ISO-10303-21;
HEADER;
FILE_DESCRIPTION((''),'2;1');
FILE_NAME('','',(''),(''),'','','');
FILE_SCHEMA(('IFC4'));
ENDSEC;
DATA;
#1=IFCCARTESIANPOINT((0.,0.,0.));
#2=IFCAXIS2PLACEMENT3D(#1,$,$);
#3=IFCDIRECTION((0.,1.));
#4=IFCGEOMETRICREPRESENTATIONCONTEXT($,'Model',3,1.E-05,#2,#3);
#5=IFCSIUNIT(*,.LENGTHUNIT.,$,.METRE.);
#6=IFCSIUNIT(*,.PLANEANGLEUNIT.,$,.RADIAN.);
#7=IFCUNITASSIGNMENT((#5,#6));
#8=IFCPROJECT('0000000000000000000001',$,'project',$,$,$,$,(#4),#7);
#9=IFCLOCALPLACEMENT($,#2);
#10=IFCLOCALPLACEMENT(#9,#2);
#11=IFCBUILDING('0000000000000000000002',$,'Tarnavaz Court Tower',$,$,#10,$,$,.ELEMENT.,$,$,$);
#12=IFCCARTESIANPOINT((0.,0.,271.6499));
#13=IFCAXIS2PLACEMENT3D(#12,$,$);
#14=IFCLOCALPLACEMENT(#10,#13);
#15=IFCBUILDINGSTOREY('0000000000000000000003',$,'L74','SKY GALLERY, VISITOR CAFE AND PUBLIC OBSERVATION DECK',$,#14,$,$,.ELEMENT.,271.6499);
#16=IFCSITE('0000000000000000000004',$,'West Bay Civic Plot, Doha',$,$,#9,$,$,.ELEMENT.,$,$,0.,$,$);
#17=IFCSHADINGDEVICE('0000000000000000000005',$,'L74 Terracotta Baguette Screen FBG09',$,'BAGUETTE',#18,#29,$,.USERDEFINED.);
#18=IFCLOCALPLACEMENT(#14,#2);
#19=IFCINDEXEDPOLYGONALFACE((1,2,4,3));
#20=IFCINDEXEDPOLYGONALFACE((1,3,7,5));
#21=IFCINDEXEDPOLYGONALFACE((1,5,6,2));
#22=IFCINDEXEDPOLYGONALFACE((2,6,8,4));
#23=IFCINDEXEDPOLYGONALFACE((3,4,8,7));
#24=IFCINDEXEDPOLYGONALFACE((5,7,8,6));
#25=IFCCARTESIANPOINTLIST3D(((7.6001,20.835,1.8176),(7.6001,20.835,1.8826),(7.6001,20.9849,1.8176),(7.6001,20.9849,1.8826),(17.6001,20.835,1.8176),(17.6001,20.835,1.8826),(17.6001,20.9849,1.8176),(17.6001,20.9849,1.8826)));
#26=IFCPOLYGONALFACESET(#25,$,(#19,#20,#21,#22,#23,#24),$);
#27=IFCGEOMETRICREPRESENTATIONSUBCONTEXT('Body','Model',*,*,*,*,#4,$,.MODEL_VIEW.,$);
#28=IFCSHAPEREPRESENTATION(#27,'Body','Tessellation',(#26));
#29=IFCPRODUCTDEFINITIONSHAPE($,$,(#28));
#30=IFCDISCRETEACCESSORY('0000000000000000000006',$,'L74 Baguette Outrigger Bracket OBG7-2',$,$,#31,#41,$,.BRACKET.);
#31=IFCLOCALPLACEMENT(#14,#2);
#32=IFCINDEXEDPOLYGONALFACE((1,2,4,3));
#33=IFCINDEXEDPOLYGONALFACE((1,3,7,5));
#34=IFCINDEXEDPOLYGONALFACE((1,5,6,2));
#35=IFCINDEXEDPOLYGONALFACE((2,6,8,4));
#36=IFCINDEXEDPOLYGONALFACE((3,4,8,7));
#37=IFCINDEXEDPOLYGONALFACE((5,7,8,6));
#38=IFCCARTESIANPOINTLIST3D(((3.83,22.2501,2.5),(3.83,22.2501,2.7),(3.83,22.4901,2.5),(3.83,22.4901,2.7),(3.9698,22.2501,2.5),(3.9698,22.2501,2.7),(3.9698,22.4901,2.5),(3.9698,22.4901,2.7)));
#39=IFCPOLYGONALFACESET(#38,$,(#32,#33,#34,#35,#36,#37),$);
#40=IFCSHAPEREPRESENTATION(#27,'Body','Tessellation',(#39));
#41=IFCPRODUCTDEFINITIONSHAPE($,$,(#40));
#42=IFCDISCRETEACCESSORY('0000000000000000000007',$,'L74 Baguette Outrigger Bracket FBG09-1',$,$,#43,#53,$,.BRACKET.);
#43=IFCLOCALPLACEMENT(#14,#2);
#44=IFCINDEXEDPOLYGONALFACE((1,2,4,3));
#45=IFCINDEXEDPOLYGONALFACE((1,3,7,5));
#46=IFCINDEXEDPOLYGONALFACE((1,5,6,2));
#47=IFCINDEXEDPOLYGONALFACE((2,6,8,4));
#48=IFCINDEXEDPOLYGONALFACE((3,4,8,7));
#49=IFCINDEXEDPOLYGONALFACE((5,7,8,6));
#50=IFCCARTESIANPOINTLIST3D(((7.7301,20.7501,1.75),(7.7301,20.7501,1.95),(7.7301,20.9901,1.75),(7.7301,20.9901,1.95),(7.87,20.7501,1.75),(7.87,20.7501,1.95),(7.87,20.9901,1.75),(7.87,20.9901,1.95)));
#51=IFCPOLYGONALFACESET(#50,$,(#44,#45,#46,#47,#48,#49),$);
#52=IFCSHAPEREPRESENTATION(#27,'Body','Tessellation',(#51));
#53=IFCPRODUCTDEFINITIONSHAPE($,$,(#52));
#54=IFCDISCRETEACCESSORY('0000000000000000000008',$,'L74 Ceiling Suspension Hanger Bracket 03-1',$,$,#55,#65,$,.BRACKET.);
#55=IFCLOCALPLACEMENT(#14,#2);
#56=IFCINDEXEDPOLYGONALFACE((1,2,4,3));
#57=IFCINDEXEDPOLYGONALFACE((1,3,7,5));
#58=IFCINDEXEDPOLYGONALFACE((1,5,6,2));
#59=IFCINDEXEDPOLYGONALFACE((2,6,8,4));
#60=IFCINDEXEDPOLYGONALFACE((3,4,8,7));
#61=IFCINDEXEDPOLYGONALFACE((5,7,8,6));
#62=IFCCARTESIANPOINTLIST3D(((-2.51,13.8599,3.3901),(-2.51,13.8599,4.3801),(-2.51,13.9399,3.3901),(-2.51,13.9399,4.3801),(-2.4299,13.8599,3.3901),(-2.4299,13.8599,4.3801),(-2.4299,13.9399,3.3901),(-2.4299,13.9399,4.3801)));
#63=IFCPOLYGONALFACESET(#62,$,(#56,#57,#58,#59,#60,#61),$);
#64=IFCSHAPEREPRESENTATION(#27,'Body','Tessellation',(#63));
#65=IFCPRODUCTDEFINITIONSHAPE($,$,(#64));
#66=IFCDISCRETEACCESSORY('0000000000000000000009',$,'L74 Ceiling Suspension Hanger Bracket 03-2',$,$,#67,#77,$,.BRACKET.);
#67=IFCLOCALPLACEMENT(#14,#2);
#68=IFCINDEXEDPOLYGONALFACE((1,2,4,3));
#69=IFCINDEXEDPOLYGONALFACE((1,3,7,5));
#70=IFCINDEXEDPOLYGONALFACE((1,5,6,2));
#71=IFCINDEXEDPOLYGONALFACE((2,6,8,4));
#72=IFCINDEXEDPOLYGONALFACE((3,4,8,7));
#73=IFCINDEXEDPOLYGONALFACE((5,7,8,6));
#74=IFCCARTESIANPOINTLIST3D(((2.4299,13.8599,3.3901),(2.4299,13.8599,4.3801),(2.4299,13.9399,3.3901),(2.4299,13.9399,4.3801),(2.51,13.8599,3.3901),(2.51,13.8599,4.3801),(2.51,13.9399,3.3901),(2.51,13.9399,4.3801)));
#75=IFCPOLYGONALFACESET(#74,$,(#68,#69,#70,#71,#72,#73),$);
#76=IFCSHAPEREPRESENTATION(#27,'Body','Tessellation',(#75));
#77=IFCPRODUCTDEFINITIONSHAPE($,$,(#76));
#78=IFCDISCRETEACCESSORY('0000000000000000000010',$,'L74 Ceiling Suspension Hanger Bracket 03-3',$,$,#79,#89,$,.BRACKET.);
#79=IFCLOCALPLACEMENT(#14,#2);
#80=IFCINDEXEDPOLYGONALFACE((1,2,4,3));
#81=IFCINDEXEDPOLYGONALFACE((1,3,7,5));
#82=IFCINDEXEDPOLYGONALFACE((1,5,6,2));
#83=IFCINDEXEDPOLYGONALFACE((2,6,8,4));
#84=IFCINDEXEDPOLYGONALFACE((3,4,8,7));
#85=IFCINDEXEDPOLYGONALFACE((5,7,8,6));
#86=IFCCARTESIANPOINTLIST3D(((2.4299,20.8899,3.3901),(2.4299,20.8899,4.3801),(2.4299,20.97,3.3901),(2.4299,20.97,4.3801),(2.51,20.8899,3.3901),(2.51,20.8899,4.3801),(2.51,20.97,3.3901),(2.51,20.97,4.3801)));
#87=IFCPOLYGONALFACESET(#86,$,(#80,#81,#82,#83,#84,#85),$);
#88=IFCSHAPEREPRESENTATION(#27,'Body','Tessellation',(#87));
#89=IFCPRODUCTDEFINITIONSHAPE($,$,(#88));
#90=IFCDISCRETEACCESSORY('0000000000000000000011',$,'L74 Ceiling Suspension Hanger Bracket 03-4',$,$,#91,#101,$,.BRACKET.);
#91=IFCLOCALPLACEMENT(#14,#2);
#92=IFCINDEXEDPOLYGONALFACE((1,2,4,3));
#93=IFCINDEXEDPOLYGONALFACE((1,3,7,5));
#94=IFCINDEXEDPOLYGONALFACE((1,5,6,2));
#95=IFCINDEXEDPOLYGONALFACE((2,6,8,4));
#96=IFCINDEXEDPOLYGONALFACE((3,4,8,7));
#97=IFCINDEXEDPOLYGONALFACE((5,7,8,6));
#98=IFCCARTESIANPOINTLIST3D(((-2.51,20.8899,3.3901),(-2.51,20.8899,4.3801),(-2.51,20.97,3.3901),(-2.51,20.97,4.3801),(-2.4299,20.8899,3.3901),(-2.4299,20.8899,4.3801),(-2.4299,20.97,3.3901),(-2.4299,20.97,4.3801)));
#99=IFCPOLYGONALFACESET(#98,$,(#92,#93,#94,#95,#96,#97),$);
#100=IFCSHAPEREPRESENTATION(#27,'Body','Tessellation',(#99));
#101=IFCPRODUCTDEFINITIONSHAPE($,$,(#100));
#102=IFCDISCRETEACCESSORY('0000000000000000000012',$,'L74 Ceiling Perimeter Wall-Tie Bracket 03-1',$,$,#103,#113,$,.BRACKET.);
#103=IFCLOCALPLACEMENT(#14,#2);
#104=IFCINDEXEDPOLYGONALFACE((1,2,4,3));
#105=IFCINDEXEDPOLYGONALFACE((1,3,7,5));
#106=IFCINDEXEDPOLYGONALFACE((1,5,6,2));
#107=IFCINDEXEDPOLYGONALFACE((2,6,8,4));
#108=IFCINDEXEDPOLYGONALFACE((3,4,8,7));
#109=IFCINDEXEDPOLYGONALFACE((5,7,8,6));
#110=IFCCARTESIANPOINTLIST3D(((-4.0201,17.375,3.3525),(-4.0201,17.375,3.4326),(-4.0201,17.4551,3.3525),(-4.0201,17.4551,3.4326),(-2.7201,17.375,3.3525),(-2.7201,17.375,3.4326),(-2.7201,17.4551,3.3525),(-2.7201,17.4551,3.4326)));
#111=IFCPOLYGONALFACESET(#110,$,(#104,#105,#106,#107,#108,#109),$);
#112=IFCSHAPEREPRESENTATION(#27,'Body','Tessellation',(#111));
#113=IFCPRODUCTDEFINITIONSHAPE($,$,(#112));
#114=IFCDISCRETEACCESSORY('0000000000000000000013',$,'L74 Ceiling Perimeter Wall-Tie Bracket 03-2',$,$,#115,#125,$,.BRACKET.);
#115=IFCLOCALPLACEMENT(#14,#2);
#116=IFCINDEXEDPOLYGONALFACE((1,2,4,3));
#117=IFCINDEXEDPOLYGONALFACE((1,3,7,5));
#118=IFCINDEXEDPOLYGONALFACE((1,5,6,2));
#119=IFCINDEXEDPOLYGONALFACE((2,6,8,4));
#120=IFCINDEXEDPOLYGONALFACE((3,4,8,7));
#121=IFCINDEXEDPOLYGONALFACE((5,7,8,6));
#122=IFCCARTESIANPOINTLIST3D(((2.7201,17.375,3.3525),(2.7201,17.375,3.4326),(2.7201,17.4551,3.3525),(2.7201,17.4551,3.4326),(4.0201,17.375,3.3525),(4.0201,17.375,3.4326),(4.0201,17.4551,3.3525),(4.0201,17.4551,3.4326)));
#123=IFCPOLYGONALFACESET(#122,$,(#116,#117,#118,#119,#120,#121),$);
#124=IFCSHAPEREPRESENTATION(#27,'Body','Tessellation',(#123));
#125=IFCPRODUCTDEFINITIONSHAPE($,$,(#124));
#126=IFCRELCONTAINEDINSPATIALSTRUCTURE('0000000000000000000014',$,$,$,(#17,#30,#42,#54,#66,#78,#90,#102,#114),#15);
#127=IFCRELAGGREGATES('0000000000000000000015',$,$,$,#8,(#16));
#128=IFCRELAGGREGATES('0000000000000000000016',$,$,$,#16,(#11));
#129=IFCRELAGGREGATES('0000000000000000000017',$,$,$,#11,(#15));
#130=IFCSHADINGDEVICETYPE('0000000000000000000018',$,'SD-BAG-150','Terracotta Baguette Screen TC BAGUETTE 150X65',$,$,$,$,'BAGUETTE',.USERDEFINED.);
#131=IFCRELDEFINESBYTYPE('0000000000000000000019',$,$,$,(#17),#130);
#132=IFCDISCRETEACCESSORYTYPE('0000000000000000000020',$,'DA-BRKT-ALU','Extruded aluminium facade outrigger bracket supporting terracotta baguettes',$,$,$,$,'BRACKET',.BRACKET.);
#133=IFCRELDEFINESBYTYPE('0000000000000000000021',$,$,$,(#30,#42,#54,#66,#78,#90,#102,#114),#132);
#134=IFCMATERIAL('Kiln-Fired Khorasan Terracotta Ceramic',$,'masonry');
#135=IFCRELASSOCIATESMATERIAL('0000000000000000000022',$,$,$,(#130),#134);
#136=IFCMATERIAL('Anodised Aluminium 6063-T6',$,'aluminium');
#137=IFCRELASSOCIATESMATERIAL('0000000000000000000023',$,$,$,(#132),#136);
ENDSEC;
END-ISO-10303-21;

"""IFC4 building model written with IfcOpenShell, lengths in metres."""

from ifc_helpers import new_model, si_unit, direction, frame, origin, origin_2d, place, context, subcontext, project, spatial, rectangle, extrude, material, material_profile, profile_set, type_object, element, save


model = new_model("IFC4")

# Units and contexts
model_context = context("Model", 3, precision=1e-05, world=origin(), true_north=direction((0.0, 1.0)))
body_context = subcontext(model_context, "Body", "Model", "MODEL_VIEW")
ifc_project = project(units=[si_unit("LENGTHUNIT", "METRE"), si_unit("PLANEANGLEUNIT", "RADIAN")], contexts=[model_context])

# Site, building, storey
site_placement = place(None, origin())
site = spatial("IfcSite", under=ifc_project, at=site_placement, Name="West Bay Civic Plot, Doha", CompositionType="ELEMENT", RefElevation=0.0)
building_placement = place(site_placement, origin())
building = spatial("IfcBuilding", under=site, at=building_placement, Name="Tarnavaz Court Tower", CompositionType="ELEMENT")
storey_placement = place(building_placement, frame((0.0, 0.0, 271.6499)))
storey = spatial("IfcBuildingStorey", under=building, at=storey_placement, Name="L74", Description="SKY GALLERY, VISITOR CAFE AND PUBLIC OBSERVATION DECK", CompositionType="ELEMENT", Elevation=271.6499)

# Shared definitions
ifc_material_1 = material(Name="Anodised Aluminium 6063-T6", Category="aluminium")

# Shading device
ifc_material_2 = material(Name="Kiln-Fired Khorasan Terracotta Ceramic", Category="masonry")
ifc_material_profile_1 = material_profile(ifc_material_2, rectangle(XDim=0.1499, YDim=0.0649, at=origin_2d()), Name="TC BAGUETTE 150X65")
ifc_profile_set_1 = profile_set([ifc_material_profile_1], Name="Kiln-Fired Khorasan Terracotta Ceramic")
shading_device_type = type_object("IfcShadingDeviceType", Name="SD-BAG-150", Description="Terracotta Baguette Screen TC BAGUETTE 150X65", ElementType="BAGUETTE", PredefinedType="USERDEFINED", material=ifc_profile_set_1)
shading_device_placement = place(storey_placement, frame((7.6001, 20.9099, 1.8501), z_axis=(1.0, 0.0, 0.0), x_axis=(0.0, 1.0, 0.0)))
element("IfcShadingDevice", 1, at=shading_device_placement, inside=storey, type_object=shading_device_type, Name="L74 Terracotta Baguette Screen FBG09", ObjectType="BAGUETTE", PredefinedType="USERDEFINED", context=body_context, shape_type="SweptSolid", body=[
    extrude(rectangle(XDim=0.1499, YDim=0.0649, at=origin_2d()), origin(), (0.0, 0.0, 1.0), 10.0),
])

# Discrete accessories
discrete_accessory_type = type_object("IfcDiscreteAccessoryType", Name="DA-BRKT-ALU", Description="Extruded aluminium facade outrigger bracket supporting terracotta baguettes", ElementType="BRACKET", PredefinedType="BRACKET", material=ifc_material_1)
for number, where, z_axis, x_axis, name in (
    (2, (3.8999, 22.3701, 2.5), (0.0, 0.0, 1.0), (1.0, 0.0, 0.0), "L74 Baguette Outrigger Bracket OBG7-2"),
    (3, (7.8, 20.8701, 1.75), (0.0, 0.0, 1.0), (1.0, 0.0, 0.0), "L74 Baguette Outrigger Bracket FBG09-1"),
):
    element("IfcDiscreteAccessory", number, at=place(storey_placement, frame(where, z_axis=z_axis, x_axis=x_axis)), inside=storey, type_object=discrete_accessory_type, Name=name, PredefinedType="BRACKET", context=body_context, shape_type="SweptSolid", body=[
        extrude(rectangle(XDim=0.1399, YDim=0.24, at=origin_2d()), origin(), (0.0, 0.0, 1.0), 0.2),
    ])
for number, where, z_axis, x_axis, name in (
    (4, (-2.47, 13.8999, 3.3901), (0.0, 0.0, 1.0), (1.0, 0.0, 0.0), "L74 Ceiling Suspension Hanger Bracket 03-1"),
    (5, (2.47, 13.8999, 3.3901), (0.0, 0.0, 1.0), (1.0, 0.0, 0.0), "L74 Ceiling Suspension Hanger Bracket 03-2"),
    (6, (2.47, 20.9299, 3.3901), (0.0, 0.0, 1.0), (1.0, 0.0, 0.0), "L74 Ceiling Suspension Hanger Bracket 03-3"),
    (7, (-2.47, 20.9299, 3.3901), (0.0, 0.0, 1.0), (1.0, 0.0, 0.0), "L74 Ceiling Suspension Hanger Bracket 03-4"),
):
    element("IfcDiscreteAccessory", number, at=place(storey_placement, frame(where, z_axis=z_axis, x_axis=x_axis)), inside=storey, type_object=discrete_accessory_type, Name=name, PredefinedType="BRACKET", context=body_context, shape_type="SweptSolid", body=[
        extrude(rectangle(XDim=0.0801, YDim=0.0801, at=origin_2d()), origin(), (0.0, 0.0, 1.0), 0.99),
    ])
for number, where, z_axis, x_axis, name in (
    (8, (-3.3701, 17.415, 3.3525), (0.0, 0.0, 1.0), (1.0, 0.0, 0.0), "L74 Ceiling Perimeter Wall-Tie Bracket 03-1"),
    (9, (3.3701, 17.415, 3.3525), (0.0, 0.0, 1.0), (1.0, 0.0, 0.0), "L74 Ceiling Perimeter Wall-Tie Bracket 03-2"),
):
    element("IfcDiscreteAccessory", number, at=place(storey_placement, frame(where, z_axis=z_axis, x_axis=x_axis)), inside=storey, type_object=discrete_accessory_type, Name=name, PredefinedType="BRACKET", context=body_context, shape_type="SweptSolid", body=[
        extrude(rectangle(XDim=1.3, YDim=0.0801, at=origin_2d()), origin(), (0.0, 0.0, 1.0), 0.0801),
    ])

save(model, "model.ifc")
